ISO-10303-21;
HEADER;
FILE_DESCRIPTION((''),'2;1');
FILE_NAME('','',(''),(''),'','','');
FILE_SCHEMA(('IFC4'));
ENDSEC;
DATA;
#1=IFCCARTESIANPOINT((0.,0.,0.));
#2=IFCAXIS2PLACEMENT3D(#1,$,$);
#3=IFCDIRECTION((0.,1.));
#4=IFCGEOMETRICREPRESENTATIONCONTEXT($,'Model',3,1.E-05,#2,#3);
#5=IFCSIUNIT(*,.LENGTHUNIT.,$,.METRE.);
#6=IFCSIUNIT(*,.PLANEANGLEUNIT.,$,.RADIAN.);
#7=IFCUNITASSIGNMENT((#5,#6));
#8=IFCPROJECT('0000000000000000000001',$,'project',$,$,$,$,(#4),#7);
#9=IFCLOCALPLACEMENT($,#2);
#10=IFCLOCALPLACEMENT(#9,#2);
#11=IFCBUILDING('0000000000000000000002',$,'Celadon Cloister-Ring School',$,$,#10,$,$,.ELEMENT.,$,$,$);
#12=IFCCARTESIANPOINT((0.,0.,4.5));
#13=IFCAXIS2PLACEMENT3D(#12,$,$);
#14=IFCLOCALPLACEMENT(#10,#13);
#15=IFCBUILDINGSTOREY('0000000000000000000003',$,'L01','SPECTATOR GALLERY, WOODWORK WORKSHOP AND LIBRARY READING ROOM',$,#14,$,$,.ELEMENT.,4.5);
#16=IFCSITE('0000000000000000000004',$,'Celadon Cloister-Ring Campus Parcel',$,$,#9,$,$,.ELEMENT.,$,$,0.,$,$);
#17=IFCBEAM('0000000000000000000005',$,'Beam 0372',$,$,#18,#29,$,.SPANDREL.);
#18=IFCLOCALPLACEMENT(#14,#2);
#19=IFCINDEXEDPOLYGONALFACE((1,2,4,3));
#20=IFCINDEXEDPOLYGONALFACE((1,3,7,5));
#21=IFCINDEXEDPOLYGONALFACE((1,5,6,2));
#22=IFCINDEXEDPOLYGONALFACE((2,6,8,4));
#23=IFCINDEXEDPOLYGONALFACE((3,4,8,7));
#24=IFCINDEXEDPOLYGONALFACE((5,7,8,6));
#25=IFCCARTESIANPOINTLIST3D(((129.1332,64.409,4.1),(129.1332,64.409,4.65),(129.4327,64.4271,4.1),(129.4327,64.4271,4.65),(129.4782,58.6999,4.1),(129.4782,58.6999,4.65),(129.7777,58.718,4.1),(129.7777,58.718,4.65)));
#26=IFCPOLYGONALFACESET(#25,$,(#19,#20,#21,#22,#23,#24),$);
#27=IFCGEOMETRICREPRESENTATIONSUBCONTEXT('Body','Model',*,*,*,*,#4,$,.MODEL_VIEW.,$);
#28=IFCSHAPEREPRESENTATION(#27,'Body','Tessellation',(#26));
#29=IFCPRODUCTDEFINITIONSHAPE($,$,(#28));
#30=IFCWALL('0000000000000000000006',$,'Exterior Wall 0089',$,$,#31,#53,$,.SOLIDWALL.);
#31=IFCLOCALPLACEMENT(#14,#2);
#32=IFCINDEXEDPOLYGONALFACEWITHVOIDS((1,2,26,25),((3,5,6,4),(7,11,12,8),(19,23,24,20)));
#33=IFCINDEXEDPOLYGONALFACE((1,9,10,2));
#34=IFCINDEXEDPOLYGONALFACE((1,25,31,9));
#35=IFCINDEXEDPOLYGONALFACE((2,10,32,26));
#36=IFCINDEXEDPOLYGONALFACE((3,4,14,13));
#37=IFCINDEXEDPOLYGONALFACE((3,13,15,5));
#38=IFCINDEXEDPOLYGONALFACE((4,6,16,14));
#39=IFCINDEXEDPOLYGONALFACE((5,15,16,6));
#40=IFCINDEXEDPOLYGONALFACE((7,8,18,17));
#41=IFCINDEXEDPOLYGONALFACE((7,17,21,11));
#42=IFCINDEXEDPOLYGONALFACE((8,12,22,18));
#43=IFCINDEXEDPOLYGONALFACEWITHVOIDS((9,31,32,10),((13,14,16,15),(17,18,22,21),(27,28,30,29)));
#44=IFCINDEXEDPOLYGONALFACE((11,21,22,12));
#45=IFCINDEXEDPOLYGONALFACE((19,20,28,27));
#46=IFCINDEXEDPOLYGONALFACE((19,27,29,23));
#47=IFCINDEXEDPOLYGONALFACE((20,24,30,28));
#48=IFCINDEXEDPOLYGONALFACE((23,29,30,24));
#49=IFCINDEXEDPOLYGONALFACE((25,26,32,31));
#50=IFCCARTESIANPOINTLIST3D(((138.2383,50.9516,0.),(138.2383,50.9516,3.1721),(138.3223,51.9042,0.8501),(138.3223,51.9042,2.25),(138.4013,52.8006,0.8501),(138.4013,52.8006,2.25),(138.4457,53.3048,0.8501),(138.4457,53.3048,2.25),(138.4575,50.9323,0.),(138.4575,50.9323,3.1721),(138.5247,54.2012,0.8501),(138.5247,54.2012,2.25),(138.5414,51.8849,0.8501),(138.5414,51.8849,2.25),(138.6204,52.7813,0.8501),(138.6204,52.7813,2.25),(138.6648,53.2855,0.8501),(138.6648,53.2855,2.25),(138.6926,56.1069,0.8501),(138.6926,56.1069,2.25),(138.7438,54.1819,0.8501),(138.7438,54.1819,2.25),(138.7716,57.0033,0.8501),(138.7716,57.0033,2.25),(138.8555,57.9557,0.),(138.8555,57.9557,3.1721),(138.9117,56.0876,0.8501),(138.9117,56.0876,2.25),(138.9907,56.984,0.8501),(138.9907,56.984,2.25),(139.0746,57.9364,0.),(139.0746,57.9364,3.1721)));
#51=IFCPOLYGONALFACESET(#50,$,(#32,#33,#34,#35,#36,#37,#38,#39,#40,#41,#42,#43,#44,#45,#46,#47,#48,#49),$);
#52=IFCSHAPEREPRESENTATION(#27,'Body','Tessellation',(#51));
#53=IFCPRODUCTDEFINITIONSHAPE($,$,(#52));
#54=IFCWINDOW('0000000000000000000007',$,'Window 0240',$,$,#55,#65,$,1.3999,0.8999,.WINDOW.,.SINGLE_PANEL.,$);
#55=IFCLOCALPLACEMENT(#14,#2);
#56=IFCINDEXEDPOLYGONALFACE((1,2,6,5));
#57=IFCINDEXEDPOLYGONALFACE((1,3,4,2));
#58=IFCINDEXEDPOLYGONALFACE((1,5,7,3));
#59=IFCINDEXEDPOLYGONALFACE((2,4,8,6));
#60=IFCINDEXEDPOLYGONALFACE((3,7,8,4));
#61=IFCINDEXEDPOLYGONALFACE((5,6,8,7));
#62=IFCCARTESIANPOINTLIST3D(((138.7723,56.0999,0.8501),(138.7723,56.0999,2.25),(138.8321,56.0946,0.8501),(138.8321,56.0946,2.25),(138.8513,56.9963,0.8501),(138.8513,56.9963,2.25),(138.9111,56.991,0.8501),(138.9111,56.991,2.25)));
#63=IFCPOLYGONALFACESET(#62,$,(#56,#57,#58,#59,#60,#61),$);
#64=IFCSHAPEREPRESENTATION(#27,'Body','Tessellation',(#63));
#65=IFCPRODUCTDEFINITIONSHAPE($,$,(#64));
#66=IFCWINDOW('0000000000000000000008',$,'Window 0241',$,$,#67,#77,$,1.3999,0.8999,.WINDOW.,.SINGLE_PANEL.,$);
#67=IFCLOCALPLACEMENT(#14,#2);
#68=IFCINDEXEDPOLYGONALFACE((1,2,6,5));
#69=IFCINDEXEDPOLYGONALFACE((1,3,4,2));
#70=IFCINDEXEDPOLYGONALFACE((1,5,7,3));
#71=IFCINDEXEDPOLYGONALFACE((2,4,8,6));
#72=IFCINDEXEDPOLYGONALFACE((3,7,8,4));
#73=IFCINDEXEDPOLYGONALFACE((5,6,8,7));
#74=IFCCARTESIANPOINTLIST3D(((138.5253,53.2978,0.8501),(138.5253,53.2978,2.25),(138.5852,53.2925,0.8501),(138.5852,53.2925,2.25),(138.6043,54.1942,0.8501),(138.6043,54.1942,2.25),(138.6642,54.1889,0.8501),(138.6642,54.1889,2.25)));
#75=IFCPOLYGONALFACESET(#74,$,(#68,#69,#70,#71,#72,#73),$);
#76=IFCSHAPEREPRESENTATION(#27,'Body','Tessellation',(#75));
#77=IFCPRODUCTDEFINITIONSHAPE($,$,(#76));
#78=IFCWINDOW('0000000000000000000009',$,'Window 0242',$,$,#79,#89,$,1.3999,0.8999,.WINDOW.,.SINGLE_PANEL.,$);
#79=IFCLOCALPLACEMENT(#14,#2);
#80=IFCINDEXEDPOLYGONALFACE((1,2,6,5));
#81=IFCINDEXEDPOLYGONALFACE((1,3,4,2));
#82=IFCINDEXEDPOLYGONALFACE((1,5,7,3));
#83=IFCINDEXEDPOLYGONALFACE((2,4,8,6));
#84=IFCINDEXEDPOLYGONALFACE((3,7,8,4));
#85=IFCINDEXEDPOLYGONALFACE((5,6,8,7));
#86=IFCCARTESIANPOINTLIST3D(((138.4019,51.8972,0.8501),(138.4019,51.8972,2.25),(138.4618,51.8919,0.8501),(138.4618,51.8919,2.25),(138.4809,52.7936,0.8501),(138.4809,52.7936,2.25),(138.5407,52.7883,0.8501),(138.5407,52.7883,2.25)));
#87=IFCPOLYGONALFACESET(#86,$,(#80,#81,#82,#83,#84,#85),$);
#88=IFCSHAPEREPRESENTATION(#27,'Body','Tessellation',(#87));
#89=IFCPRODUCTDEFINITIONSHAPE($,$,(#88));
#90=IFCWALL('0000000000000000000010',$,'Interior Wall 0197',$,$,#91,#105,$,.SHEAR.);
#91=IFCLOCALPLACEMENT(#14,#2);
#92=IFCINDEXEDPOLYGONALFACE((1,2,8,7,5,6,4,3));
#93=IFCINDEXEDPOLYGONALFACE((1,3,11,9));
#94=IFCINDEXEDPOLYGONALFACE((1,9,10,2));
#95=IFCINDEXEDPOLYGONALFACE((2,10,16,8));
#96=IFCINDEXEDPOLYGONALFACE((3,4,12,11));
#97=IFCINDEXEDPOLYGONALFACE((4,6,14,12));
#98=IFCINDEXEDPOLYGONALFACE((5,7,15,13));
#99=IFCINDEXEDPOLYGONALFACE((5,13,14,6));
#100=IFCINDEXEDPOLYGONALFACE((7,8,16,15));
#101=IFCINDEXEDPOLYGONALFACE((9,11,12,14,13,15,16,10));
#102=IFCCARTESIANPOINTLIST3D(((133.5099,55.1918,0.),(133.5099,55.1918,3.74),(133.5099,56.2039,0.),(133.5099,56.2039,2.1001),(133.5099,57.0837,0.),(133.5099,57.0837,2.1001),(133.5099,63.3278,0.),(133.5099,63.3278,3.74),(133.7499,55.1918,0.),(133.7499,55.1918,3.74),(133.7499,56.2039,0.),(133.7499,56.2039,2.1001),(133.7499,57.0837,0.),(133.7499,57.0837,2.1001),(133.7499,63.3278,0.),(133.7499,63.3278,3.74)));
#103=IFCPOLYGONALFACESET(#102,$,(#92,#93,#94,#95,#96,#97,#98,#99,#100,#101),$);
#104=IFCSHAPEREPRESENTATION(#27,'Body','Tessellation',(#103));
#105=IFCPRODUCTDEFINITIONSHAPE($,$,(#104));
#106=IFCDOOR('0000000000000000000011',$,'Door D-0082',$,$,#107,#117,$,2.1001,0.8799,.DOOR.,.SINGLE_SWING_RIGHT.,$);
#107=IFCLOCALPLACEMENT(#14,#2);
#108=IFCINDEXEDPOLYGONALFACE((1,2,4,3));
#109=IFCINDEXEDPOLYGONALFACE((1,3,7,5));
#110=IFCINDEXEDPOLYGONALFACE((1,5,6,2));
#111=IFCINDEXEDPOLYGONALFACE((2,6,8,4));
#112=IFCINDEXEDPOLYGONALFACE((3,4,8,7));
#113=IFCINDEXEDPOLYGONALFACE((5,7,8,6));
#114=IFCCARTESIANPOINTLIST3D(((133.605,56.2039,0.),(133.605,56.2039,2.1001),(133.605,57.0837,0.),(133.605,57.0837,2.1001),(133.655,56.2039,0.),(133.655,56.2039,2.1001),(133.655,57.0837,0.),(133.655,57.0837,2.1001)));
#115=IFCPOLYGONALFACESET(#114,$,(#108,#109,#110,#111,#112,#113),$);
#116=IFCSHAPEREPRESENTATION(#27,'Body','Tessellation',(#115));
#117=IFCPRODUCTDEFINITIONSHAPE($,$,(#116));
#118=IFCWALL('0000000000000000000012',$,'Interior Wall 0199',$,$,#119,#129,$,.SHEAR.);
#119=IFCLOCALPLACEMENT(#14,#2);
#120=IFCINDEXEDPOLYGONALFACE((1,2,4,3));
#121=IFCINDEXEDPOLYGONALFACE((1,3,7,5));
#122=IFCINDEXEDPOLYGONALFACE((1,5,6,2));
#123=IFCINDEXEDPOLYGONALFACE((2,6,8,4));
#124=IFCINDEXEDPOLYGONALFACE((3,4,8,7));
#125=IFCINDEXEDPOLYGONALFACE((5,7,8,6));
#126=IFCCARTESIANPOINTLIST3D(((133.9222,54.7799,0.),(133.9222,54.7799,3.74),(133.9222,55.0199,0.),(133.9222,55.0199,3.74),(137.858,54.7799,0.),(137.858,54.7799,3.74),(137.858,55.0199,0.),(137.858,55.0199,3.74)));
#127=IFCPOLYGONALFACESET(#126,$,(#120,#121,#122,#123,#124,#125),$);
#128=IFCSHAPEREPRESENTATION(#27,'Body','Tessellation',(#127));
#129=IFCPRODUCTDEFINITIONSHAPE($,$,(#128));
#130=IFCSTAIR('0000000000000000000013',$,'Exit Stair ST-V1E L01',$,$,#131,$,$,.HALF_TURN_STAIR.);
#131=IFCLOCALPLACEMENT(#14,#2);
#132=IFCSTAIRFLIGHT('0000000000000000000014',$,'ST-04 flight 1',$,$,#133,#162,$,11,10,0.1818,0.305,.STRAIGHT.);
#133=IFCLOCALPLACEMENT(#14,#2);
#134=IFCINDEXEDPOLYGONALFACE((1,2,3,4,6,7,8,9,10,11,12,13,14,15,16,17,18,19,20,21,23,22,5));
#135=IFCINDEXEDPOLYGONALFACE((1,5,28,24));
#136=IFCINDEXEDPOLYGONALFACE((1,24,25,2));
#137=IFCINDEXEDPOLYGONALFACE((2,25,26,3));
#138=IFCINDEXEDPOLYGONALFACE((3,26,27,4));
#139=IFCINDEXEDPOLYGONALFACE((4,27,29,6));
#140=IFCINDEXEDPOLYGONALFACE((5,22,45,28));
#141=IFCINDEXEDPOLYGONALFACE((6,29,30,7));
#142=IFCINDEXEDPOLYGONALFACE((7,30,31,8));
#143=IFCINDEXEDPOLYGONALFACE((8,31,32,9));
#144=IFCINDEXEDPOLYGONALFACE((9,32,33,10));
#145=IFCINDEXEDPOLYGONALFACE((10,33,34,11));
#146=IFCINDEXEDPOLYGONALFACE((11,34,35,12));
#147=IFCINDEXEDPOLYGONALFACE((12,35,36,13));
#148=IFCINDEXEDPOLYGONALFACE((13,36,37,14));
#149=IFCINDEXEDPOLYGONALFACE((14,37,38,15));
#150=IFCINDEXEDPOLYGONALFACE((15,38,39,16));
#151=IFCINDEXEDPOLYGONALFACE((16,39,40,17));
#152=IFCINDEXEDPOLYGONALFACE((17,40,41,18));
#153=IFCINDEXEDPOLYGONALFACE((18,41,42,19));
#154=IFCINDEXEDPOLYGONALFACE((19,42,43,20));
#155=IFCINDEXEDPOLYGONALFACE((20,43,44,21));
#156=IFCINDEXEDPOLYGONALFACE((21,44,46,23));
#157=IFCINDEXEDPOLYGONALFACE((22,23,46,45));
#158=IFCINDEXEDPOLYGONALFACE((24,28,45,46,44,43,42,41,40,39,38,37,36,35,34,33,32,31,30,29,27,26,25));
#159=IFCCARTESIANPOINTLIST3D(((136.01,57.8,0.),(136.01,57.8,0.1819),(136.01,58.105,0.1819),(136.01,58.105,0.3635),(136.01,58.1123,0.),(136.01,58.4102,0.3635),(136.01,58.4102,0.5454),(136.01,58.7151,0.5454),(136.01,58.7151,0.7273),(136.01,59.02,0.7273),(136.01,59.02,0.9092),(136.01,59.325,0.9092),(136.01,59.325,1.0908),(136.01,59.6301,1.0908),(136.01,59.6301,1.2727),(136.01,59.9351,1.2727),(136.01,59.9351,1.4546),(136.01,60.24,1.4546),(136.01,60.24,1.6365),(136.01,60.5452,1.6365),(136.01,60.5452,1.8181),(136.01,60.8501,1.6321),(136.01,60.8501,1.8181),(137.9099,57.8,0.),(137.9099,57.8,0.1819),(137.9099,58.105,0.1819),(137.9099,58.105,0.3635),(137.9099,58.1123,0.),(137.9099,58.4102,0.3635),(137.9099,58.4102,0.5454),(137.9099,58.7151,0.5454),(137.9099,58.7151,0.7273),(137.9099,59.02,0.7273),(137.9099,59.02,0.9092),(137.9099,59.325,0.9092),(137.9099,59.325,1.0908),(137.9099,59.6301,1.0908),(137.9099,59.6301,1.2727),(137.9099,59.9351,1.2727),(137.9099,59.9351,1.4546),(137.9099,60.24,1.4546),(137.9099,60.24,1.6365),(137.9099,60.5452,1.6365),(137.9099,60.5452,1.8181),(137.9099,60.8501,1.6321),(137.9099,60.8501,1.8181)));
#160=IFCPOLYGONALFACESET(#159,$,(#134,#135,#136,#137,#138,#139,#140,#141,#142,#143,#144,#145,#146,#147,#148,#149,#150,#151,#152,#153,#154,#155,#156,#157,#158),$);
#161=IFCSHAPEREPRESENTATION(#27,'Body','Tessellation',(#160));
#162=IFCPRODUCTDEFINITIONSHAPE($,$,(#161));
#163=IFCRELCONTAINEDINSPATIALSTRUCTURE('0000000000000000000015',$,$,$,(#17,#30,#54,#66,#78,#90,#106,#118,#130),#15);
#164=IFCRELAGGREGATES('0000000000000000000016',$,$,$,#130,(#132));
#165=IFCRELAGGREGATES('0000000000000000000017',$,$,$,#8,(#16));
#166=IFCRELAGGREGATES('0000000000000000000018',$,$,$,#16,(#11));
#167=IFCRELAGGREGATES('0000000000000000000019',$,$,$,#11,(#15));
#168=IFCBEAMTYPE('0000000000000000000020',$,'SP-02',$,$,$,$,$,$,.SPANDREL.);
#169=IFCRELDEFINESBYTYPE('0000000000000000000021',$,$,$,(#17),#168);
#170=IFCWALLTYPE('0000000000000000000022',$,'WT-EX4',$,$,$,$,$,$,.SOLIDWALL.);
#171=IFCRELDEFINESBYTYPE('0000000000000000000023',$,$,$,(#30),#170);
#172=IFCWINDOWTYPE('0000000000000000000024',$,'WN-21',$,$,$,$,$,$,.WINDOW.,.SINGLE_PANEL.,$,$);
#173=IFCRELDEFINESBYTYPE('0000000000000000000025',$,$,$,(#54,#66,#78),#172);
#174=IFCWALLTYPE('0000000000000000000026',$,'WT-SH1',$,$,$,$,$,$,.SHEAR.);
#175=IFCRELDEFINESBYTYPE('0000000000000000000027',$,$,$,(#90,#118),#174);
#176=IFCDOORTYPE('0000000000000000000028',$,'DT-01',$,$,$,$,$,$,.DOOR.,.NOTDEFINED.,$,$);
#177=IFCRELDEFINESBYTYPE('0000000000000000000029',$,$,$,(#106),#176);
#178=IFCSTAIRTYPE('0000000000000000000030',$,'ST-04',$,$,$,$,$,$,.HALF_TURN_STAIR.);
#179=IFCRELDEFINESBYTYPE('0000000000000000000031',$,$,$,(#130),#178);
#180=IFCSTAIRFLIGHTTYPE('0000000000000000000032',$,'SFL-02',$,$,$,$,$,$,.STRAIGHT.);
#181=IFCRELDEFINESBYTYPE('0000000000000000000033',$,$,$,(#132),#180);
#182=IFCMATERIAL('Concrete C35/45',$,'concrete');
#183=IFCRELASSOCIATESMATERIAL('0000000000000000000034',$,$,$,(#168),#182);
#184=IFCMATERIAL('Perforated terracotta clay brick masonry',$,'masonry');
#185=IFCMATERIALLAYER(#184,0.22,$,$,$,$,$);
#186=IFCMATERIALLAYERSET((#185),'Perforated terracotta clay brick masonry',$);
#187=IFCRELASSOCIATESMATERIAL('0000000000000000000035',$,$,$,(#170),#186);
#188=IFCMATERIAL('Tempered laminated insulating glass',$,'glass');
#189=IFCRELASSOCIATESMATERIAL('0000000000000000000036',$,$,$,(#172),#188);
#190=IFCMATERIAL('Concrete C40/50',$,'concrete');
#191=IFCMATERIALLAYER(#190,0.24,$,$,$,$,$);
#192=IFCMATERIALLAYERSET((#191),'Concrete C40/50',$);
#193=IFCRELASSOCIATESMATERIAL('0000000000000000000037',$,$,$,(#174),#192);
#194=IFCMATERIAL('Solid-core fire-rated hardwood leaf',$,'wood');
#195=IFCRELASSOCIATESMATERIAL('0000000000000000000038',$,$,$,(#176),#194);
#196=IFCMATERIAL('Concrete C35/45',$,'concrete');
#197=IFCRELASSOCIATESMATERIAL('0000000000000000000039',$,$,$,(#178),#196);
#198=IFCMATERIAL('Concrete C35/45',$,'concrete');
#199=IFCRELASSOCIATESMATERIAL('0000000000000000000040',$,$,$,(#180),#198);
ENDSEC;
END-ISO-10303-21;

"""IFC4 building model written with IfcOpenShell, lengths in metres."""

from ifc_helpers import new_model, si_unit, direction, frame, frame_2d, origin, origin_2d, place, context, subcontext, project, spatial, polyline, rectangle, outline, extrude, material, layer, layer_set, material_profile, profile_set, type_object, element, fill, aggregate, save


model = new_model("IFC4")

# Units and contexts
model_context = context("Model", 3, precision=1e-05, world=origin(), true_north=direction((0.0, 1.0)))
body_context = subcontext(model_context, "Body", "Model", "MODEL_VIEW")
ifc_project = project(units=[si_unit("LENGTHUNIT", "METRE"), si_unit("PLANEANGLEUNIT", "RADIAN")], contexts=[model_context])

# Site, building, storey
site_placement = place(None, origin())
site = spatial("IfcSite", under=ifc_project, at=site_placement, Name="Celadon Cloister-Ring Campus Parcel", CompositionType="ELEMENT", RefElevation=0.0)
building_placement = place(site_placement, origin())
building = spatial("IfcBuilding", under=site, at=building_placement, Name="Celadon Cloister-Ring School", CompositionType="ELEMENT")
storey_placement = place(building_placement, frame((0.0, 0.0, 4.5)))
storey = spatial("IfcBuildingStorey", under=building, at=storey_placement, Name="L01", Description="SPECTATOR GALLERY, WOODWORK WORKSHOP AND LIBRARY READING ROOM", CompositionType="ELEMENT", Elevation=4.5)

# Beam
ifc_material_1 = material(Name="Concrete C35/45", Category="concrete")
ifc_material_profile_1 = material_profile(ifc_material_1, rectangle(XDim=0.3, YDim=0.55, at=origin_2d()), Name="RC300X550")
ifc_profile_set_1 = profile_set([ifc_material_profile_1], Name="Concrete C35/45")
beam_type_1 = type_object("IfcBeamType", Name="SP-02", PredefinedType="SPANDREL", material=ifc_profile_set_1)
beam_1_placement = place(storey_placement, frame((129.6279, 58.709, 4.375), z_axis=(-0.060316, 0.998179, 0.0), x_axis=(-0.998179, -0.060316, 0.0)))
element("IfcBeam", 1, at=beam_1_placement, inside=storey, type_object=beam_type_1, Name="Beam 0372", PredefinedType="SPANDREL", context=body_context, shape_type="SweptSolid", body=[
    extrude(rectangle(XDim=0.3, YDim=0.55, at=origin_2d()), origin(), (0.0, 0.0, 1.0), 5.7195),
])

# Wall, openings, windows
ifc_material_2 = material(Name="Perforated terracotta clay brick masonry", Category="masonry")
ifc_layer_1 = layer(ifc_material_2, 0.22)
ifc_layer_set_1 = layer_set([ifc_layer_1], Name="Perforated terracotta clay brick masonry")
wall_type_1 = type_object("IfcWallType", Name="WT-EX4", PredefinedType="SOLIDWALL", material=ifc_layer_set_1)
wall_1_placement = place(storey_placement, frame((138.9651, 57.946, 0.0), z_axis=(0.0, 0.0, 1.0), x_axis=(-0.087777, -0.99614, 0.0)))
wall_1 = element("IfcWall", 2, at=wall_1_placement, inside=storey, type_object=wall_type_1, Name="Exterior Wall 0089", PredefinedType="SOLIDWALL", context=body_context, shape_type="SweptSolid", body=[
    extrude(rectangle(XDim=7.0312, YDim=0.22, at=frame_2d((3.5156, 0.0))), origin(), (0.0, 0.0, 1.0), 3.1721),
])
opening_1_placement = place(wall_1_placement, frame((0.9561, 0.0, 0.8501)))
opening_1 = element("IfcOpeningElement", 3, at=opening_1_placement, cuts=wall_1, PredefinedType="OPENING", context=body_context, shape_type="SweptSolid", body=[
    extrude(rectangle(XDim=0.8999, YDim=1.3999, at=frame_2d((0.45, 0.7))), frame((0.0, 0.1201, 0.0), z_axis=(0.0, -1.0, 0.0), x_axis=(1.0, 0.0, 0.0)), (0.0, 0.0, 1.0), 0.24),
])
opening_2_placement = place(wall_1_placement, frame((3.769, 0.0, 0.8501)))
opening_2 = element("IfcOpeningElement", 4, at=opening_2_placement, cuts=wall_1, PredefinedType="OPENING", context=body_context, shape_type="SweptSolid", body=[
    extrude(rectangle(XDim=0.8999, YDim=1.3999, at=frame_2d((0.45, 0.7))), frame((0.0, 0.1201, 0.0), z_axis=(0.0, -1.0, 0.0), x_axis=(1.0, 0.0, 0.0)), (0.0, 0.0, 1.0), 0.24),
])
opening_3_placement = place(wall_1_placement, frame((5.175, 0.0, 0.8501)))
opening_3 = element("IfcOpeningElement", 5, at=opening_3_placement, cuts=wall_1, PredefinedType="OPENING", context=body_context, shape_type="SweptSolid", body=[
    extrude(rectangle(XDim=0.8999, YDim=1.3999, at=frame_2d((0.45, 0.7))), frame((0.0, 0.1201, 0.0), z_axis=(0.0, -1.0, 0.0), x_axis=(1.0, 0.0, 0.0)), (0.0, 0.0, 1.0), 0.24),
])
ifc_material_3 = material(Name="Tempered laminated insulating glass", Category="glass")
window_type = type_object("IfcWindowType", Name="WN-21", PartitioningType="SINGLE_PANEL", PredefinedType="WINDOW", material=ifc_material_3)
window_1_placement = place(opening_1_placement, origin())
window_1 = element("IfcWindow", 6, at=window_1_placement, inside=storey, type_object=window_type, Name="Window 0240", OverallHeight=1.3999, OverallWidth=0.8999, PartitioningType="SINGLE_PANEL", PredefinedType="WINDOW", context=body_context, shape_type="SweptSolid", body=[
    extrude(rectangle(XDim=0.8999, YDim=1.3999, at=frame_2d((0.45, 0.7))), frame((0.0, 0.03, 0.0), z_axis=(0.0, -1.0, 0.0), x_axis=(1.0, 0.0, 0.0)), (0.0, 0.0, 1.0), 0.0601),
])
fill(opening_1, window_1)
window_2_placement = place(opening_2_placement, origin())
window_2 = element("IfcWindow", 7, at=window_2_placement, inside=storey, type_object=window_type, Name="Window 0241", OverallHeight=1.3999, OverallWidth=0.8999, PartitioningType="SINGLE_PANEL", PredefinedType="WINDOW", context=body_context, shape_type="SweptSolid", body=[
    extrude(rectangle(XDim=0.8999, YDim=1.3999, at=frame_2d((0.45, 0.7))), frame((0.0, 0.03, 0.0), z_axis=(0.0, -1.0, 0.0), x_axis=(1.0, 0.0, 0.0)), (0.0, 0.0, 1.0), 0.0601),
])
fill(opening_2, window_2)
window_3_placement = place(opening_3_placement, origin())
window_3 = element("IfcWindow", 8, at=window_3_placement, inside=storey, type_object=window_type, Name="Window 0242", OverallHeight=1.3999, OverallWidth=0.8999, PartitioningType="SINGLE_PANEL", PredefinedType="WINDOW", context=body_context, shape_type="SweptSolid", body=[
    extrude(rectangle(XDim=0.8999, YDim=1.3999, at=frame_2d((0.45, 0.7))), frame((0.0, 0.03, 0.0), z_axis=(0.0, -1.0, 0.0), x_axis=(1.0, 0.0, 0.0)), (0.0, 0.0, 1.0), 0.0601),
])
fill(opening_3, window_3)

# Wall, opening, door
ifc_material_4 = material(Name="Concrete C40/50", Category="concrete")
ifc_layer_2 = layer(ifc_material_4, 0.24)
ifc_layer_set_2 = layer_set([ifc_layer_2], Name="Concrete C40/50")
wall_type_2 = type_object("IfcWallType", Name="WT-SH1", PredefinedType="SHEAR", material=ifc_layer_set_2)
wall_2_placement = place(storey_placement, frame((133.6299, 55.1919, 0.0), z_axis=(0.0, 0.0, 1.0), x_axis=(0.0, 1.0, 0.0)))
wall_2 = element("IfcWall", 9, at=wall_2_placement, inside=storey, type_object=wall_type_2, Name="Interior Wall 0197", PredefinedType="SHEAR", context=body_context, shape_type="SweptSolid", body=[
    extrude(rectangle(XDim=8.136, YDim=0.24, at=frame_2d((4.0679, 0.0))), origin(), (0.0, 0.0, 1.0), 3.74),
])
opening_4_placement = place(wall_2_placement, frame((1.012, 0.0, 0.0)))
opening_4 = element("IfcOpeningElement", 10, at=opening_4_placement, cuts=wall_2, PredefinedType="OPENING", context=body_context, shape_type="SweptSolid", body=[
    extrude(rectangle(XDim=0.8799, YDim=2.1001, at=frame_2d((0.4399, 1.05))), frame((0.0, 0.1299, 0.0), z_axis=(0.0, -1.0, 0.0), x_axis=(1.0, 0.0, 0.0)), (0.0, 0.0, 1.0), 0.26),
])
ifc_material_5 = material(Name="Solid-core fire-rated hardwood leaf", Category="wood")
door_type = type_object("IfcDoorType", Name="DT-01", OperationType="NOTDEFINED", PredefinedType="DOOR", material=ifc_material_5)
door_placement = place(opening_4_placement, origin())
door = element("IfcDoor", 11, at=door_placement, inside=storey, type_object=door_type, Name="Door D-0082", OperationType="SINGLE_SWING_RIGHT", OverallHeight=2.1001, OverallWidth=0.8799, PredefinedType="DOOR", context=body_context, shape_type="SweptSolid", body=[
    extrude(rectangle(XDim=0.8799, YDim=2.1001, at=frame_2d((0.4399, 1.05))), frame((0.0, 0.0249, 0.0), z_axis=(0.0, -1.0, 0.0), x_axis=(1.0, 0.0, 0.0)), (0.0, 0.0, 1.0), 0.05),
])
fill(opening_4, door)

# Wall
wall_3_placement = place(storey_placement, frame((137.8579, 54.8999, 0.0), z_axis=(0.0, 0.0, 1.0), x_axis=(-1.0, 0.0, 0.0)))
element("IfcWall", 12, at=wall_3_placement, inside=storey, type_object=wall_type_2, Name="Interior Wall 0199", PredefinedType="SHEAR", context=body_context, shape_type="SweptSolid", body=[
    extrude(rectangle(XDim=3.9358, YDim=0.24, at=frame_2d((1.9678, 0.0))), origin(), (0.0, 0.0, 1.0), 3.74),
])

# Stair, stair flight
ifc_material_6 = material(Name="Concrete C35/45", Category="concrete")
stair_type = type_object("IfcStairType", Name="ST-04", PredefinedType="HALF_TURN_STAIR", material=ifc_material_6)
stair_placement = place(storey_placement, origin())
stair = element("IfcStair", 13, at=stair_placement, inside=storey, type_object=stair_type, Name="Exit Stair ST-V1E L01", PredefinedType="HALF_TURN_STAIR")
ifc_material_7 = material(Name="Concrete C35/45", Category="concrete")
stair_flight_type = type_object("IfcStairFlightType", Name="SFL-02", PredefinedType="STRAIGHT", material=ifc_material_7)
stair_flight_1_placement = place(storey_placement, frame((136.96, 57.8, 0.0), z_axis=(0.0, 0.0, 1.0), x_axis=(0.0, 1.0, 0.0)))
stair_flight_1 = element("IfcStairFlight", 14, at=stair_flight_1_placement, type_object=stair_flight_type, Name="ST-04 flight 1", NumberOfRisers=11, NumberOfTreads=10, PredefinedType="STRAIGHT", RiserHeight=0.1818, TreadLength=0.305, context=body_context, shape_type="SweptSolid", body=[
    extrude(outline(polyline([(0.0, 0.0), (0.0, 0.1819), (0.3049, 0.1819), (0.3049, 0.3635), (0.6101, 0.3635), (0.6101, 0.5454), (0.915, 0.5454), (0.915, 0.7273), (1.22, 0.7273), (1.22, 0.9092), (1.5249, 0.9092), (1.5249, 1.0908), (1.8301, 1.0908), (1.8301, 1.2727), (2.135, 1.2727), (2.135, 1.4546), (2.4399, 1.4546), (2.4399, 1.6365), (2.7451, 1.6365), (2.7451, 1.8181), (3.05, 1.8181), (3.05, 2.0), (3.05, 1.6321), (0.3123, 0.0), (0.0, 0.0)])), frame((0.0, 0.95, 0.0), z_axis=(0.0, -1.0, 0.0), x_axis=(1.0, 0.0, 0.0)), (0.0, 0.0, 1.0), 1.8999),
])
aggregate(stair, [stair_flight_1])

save(model, "model.ifc")
